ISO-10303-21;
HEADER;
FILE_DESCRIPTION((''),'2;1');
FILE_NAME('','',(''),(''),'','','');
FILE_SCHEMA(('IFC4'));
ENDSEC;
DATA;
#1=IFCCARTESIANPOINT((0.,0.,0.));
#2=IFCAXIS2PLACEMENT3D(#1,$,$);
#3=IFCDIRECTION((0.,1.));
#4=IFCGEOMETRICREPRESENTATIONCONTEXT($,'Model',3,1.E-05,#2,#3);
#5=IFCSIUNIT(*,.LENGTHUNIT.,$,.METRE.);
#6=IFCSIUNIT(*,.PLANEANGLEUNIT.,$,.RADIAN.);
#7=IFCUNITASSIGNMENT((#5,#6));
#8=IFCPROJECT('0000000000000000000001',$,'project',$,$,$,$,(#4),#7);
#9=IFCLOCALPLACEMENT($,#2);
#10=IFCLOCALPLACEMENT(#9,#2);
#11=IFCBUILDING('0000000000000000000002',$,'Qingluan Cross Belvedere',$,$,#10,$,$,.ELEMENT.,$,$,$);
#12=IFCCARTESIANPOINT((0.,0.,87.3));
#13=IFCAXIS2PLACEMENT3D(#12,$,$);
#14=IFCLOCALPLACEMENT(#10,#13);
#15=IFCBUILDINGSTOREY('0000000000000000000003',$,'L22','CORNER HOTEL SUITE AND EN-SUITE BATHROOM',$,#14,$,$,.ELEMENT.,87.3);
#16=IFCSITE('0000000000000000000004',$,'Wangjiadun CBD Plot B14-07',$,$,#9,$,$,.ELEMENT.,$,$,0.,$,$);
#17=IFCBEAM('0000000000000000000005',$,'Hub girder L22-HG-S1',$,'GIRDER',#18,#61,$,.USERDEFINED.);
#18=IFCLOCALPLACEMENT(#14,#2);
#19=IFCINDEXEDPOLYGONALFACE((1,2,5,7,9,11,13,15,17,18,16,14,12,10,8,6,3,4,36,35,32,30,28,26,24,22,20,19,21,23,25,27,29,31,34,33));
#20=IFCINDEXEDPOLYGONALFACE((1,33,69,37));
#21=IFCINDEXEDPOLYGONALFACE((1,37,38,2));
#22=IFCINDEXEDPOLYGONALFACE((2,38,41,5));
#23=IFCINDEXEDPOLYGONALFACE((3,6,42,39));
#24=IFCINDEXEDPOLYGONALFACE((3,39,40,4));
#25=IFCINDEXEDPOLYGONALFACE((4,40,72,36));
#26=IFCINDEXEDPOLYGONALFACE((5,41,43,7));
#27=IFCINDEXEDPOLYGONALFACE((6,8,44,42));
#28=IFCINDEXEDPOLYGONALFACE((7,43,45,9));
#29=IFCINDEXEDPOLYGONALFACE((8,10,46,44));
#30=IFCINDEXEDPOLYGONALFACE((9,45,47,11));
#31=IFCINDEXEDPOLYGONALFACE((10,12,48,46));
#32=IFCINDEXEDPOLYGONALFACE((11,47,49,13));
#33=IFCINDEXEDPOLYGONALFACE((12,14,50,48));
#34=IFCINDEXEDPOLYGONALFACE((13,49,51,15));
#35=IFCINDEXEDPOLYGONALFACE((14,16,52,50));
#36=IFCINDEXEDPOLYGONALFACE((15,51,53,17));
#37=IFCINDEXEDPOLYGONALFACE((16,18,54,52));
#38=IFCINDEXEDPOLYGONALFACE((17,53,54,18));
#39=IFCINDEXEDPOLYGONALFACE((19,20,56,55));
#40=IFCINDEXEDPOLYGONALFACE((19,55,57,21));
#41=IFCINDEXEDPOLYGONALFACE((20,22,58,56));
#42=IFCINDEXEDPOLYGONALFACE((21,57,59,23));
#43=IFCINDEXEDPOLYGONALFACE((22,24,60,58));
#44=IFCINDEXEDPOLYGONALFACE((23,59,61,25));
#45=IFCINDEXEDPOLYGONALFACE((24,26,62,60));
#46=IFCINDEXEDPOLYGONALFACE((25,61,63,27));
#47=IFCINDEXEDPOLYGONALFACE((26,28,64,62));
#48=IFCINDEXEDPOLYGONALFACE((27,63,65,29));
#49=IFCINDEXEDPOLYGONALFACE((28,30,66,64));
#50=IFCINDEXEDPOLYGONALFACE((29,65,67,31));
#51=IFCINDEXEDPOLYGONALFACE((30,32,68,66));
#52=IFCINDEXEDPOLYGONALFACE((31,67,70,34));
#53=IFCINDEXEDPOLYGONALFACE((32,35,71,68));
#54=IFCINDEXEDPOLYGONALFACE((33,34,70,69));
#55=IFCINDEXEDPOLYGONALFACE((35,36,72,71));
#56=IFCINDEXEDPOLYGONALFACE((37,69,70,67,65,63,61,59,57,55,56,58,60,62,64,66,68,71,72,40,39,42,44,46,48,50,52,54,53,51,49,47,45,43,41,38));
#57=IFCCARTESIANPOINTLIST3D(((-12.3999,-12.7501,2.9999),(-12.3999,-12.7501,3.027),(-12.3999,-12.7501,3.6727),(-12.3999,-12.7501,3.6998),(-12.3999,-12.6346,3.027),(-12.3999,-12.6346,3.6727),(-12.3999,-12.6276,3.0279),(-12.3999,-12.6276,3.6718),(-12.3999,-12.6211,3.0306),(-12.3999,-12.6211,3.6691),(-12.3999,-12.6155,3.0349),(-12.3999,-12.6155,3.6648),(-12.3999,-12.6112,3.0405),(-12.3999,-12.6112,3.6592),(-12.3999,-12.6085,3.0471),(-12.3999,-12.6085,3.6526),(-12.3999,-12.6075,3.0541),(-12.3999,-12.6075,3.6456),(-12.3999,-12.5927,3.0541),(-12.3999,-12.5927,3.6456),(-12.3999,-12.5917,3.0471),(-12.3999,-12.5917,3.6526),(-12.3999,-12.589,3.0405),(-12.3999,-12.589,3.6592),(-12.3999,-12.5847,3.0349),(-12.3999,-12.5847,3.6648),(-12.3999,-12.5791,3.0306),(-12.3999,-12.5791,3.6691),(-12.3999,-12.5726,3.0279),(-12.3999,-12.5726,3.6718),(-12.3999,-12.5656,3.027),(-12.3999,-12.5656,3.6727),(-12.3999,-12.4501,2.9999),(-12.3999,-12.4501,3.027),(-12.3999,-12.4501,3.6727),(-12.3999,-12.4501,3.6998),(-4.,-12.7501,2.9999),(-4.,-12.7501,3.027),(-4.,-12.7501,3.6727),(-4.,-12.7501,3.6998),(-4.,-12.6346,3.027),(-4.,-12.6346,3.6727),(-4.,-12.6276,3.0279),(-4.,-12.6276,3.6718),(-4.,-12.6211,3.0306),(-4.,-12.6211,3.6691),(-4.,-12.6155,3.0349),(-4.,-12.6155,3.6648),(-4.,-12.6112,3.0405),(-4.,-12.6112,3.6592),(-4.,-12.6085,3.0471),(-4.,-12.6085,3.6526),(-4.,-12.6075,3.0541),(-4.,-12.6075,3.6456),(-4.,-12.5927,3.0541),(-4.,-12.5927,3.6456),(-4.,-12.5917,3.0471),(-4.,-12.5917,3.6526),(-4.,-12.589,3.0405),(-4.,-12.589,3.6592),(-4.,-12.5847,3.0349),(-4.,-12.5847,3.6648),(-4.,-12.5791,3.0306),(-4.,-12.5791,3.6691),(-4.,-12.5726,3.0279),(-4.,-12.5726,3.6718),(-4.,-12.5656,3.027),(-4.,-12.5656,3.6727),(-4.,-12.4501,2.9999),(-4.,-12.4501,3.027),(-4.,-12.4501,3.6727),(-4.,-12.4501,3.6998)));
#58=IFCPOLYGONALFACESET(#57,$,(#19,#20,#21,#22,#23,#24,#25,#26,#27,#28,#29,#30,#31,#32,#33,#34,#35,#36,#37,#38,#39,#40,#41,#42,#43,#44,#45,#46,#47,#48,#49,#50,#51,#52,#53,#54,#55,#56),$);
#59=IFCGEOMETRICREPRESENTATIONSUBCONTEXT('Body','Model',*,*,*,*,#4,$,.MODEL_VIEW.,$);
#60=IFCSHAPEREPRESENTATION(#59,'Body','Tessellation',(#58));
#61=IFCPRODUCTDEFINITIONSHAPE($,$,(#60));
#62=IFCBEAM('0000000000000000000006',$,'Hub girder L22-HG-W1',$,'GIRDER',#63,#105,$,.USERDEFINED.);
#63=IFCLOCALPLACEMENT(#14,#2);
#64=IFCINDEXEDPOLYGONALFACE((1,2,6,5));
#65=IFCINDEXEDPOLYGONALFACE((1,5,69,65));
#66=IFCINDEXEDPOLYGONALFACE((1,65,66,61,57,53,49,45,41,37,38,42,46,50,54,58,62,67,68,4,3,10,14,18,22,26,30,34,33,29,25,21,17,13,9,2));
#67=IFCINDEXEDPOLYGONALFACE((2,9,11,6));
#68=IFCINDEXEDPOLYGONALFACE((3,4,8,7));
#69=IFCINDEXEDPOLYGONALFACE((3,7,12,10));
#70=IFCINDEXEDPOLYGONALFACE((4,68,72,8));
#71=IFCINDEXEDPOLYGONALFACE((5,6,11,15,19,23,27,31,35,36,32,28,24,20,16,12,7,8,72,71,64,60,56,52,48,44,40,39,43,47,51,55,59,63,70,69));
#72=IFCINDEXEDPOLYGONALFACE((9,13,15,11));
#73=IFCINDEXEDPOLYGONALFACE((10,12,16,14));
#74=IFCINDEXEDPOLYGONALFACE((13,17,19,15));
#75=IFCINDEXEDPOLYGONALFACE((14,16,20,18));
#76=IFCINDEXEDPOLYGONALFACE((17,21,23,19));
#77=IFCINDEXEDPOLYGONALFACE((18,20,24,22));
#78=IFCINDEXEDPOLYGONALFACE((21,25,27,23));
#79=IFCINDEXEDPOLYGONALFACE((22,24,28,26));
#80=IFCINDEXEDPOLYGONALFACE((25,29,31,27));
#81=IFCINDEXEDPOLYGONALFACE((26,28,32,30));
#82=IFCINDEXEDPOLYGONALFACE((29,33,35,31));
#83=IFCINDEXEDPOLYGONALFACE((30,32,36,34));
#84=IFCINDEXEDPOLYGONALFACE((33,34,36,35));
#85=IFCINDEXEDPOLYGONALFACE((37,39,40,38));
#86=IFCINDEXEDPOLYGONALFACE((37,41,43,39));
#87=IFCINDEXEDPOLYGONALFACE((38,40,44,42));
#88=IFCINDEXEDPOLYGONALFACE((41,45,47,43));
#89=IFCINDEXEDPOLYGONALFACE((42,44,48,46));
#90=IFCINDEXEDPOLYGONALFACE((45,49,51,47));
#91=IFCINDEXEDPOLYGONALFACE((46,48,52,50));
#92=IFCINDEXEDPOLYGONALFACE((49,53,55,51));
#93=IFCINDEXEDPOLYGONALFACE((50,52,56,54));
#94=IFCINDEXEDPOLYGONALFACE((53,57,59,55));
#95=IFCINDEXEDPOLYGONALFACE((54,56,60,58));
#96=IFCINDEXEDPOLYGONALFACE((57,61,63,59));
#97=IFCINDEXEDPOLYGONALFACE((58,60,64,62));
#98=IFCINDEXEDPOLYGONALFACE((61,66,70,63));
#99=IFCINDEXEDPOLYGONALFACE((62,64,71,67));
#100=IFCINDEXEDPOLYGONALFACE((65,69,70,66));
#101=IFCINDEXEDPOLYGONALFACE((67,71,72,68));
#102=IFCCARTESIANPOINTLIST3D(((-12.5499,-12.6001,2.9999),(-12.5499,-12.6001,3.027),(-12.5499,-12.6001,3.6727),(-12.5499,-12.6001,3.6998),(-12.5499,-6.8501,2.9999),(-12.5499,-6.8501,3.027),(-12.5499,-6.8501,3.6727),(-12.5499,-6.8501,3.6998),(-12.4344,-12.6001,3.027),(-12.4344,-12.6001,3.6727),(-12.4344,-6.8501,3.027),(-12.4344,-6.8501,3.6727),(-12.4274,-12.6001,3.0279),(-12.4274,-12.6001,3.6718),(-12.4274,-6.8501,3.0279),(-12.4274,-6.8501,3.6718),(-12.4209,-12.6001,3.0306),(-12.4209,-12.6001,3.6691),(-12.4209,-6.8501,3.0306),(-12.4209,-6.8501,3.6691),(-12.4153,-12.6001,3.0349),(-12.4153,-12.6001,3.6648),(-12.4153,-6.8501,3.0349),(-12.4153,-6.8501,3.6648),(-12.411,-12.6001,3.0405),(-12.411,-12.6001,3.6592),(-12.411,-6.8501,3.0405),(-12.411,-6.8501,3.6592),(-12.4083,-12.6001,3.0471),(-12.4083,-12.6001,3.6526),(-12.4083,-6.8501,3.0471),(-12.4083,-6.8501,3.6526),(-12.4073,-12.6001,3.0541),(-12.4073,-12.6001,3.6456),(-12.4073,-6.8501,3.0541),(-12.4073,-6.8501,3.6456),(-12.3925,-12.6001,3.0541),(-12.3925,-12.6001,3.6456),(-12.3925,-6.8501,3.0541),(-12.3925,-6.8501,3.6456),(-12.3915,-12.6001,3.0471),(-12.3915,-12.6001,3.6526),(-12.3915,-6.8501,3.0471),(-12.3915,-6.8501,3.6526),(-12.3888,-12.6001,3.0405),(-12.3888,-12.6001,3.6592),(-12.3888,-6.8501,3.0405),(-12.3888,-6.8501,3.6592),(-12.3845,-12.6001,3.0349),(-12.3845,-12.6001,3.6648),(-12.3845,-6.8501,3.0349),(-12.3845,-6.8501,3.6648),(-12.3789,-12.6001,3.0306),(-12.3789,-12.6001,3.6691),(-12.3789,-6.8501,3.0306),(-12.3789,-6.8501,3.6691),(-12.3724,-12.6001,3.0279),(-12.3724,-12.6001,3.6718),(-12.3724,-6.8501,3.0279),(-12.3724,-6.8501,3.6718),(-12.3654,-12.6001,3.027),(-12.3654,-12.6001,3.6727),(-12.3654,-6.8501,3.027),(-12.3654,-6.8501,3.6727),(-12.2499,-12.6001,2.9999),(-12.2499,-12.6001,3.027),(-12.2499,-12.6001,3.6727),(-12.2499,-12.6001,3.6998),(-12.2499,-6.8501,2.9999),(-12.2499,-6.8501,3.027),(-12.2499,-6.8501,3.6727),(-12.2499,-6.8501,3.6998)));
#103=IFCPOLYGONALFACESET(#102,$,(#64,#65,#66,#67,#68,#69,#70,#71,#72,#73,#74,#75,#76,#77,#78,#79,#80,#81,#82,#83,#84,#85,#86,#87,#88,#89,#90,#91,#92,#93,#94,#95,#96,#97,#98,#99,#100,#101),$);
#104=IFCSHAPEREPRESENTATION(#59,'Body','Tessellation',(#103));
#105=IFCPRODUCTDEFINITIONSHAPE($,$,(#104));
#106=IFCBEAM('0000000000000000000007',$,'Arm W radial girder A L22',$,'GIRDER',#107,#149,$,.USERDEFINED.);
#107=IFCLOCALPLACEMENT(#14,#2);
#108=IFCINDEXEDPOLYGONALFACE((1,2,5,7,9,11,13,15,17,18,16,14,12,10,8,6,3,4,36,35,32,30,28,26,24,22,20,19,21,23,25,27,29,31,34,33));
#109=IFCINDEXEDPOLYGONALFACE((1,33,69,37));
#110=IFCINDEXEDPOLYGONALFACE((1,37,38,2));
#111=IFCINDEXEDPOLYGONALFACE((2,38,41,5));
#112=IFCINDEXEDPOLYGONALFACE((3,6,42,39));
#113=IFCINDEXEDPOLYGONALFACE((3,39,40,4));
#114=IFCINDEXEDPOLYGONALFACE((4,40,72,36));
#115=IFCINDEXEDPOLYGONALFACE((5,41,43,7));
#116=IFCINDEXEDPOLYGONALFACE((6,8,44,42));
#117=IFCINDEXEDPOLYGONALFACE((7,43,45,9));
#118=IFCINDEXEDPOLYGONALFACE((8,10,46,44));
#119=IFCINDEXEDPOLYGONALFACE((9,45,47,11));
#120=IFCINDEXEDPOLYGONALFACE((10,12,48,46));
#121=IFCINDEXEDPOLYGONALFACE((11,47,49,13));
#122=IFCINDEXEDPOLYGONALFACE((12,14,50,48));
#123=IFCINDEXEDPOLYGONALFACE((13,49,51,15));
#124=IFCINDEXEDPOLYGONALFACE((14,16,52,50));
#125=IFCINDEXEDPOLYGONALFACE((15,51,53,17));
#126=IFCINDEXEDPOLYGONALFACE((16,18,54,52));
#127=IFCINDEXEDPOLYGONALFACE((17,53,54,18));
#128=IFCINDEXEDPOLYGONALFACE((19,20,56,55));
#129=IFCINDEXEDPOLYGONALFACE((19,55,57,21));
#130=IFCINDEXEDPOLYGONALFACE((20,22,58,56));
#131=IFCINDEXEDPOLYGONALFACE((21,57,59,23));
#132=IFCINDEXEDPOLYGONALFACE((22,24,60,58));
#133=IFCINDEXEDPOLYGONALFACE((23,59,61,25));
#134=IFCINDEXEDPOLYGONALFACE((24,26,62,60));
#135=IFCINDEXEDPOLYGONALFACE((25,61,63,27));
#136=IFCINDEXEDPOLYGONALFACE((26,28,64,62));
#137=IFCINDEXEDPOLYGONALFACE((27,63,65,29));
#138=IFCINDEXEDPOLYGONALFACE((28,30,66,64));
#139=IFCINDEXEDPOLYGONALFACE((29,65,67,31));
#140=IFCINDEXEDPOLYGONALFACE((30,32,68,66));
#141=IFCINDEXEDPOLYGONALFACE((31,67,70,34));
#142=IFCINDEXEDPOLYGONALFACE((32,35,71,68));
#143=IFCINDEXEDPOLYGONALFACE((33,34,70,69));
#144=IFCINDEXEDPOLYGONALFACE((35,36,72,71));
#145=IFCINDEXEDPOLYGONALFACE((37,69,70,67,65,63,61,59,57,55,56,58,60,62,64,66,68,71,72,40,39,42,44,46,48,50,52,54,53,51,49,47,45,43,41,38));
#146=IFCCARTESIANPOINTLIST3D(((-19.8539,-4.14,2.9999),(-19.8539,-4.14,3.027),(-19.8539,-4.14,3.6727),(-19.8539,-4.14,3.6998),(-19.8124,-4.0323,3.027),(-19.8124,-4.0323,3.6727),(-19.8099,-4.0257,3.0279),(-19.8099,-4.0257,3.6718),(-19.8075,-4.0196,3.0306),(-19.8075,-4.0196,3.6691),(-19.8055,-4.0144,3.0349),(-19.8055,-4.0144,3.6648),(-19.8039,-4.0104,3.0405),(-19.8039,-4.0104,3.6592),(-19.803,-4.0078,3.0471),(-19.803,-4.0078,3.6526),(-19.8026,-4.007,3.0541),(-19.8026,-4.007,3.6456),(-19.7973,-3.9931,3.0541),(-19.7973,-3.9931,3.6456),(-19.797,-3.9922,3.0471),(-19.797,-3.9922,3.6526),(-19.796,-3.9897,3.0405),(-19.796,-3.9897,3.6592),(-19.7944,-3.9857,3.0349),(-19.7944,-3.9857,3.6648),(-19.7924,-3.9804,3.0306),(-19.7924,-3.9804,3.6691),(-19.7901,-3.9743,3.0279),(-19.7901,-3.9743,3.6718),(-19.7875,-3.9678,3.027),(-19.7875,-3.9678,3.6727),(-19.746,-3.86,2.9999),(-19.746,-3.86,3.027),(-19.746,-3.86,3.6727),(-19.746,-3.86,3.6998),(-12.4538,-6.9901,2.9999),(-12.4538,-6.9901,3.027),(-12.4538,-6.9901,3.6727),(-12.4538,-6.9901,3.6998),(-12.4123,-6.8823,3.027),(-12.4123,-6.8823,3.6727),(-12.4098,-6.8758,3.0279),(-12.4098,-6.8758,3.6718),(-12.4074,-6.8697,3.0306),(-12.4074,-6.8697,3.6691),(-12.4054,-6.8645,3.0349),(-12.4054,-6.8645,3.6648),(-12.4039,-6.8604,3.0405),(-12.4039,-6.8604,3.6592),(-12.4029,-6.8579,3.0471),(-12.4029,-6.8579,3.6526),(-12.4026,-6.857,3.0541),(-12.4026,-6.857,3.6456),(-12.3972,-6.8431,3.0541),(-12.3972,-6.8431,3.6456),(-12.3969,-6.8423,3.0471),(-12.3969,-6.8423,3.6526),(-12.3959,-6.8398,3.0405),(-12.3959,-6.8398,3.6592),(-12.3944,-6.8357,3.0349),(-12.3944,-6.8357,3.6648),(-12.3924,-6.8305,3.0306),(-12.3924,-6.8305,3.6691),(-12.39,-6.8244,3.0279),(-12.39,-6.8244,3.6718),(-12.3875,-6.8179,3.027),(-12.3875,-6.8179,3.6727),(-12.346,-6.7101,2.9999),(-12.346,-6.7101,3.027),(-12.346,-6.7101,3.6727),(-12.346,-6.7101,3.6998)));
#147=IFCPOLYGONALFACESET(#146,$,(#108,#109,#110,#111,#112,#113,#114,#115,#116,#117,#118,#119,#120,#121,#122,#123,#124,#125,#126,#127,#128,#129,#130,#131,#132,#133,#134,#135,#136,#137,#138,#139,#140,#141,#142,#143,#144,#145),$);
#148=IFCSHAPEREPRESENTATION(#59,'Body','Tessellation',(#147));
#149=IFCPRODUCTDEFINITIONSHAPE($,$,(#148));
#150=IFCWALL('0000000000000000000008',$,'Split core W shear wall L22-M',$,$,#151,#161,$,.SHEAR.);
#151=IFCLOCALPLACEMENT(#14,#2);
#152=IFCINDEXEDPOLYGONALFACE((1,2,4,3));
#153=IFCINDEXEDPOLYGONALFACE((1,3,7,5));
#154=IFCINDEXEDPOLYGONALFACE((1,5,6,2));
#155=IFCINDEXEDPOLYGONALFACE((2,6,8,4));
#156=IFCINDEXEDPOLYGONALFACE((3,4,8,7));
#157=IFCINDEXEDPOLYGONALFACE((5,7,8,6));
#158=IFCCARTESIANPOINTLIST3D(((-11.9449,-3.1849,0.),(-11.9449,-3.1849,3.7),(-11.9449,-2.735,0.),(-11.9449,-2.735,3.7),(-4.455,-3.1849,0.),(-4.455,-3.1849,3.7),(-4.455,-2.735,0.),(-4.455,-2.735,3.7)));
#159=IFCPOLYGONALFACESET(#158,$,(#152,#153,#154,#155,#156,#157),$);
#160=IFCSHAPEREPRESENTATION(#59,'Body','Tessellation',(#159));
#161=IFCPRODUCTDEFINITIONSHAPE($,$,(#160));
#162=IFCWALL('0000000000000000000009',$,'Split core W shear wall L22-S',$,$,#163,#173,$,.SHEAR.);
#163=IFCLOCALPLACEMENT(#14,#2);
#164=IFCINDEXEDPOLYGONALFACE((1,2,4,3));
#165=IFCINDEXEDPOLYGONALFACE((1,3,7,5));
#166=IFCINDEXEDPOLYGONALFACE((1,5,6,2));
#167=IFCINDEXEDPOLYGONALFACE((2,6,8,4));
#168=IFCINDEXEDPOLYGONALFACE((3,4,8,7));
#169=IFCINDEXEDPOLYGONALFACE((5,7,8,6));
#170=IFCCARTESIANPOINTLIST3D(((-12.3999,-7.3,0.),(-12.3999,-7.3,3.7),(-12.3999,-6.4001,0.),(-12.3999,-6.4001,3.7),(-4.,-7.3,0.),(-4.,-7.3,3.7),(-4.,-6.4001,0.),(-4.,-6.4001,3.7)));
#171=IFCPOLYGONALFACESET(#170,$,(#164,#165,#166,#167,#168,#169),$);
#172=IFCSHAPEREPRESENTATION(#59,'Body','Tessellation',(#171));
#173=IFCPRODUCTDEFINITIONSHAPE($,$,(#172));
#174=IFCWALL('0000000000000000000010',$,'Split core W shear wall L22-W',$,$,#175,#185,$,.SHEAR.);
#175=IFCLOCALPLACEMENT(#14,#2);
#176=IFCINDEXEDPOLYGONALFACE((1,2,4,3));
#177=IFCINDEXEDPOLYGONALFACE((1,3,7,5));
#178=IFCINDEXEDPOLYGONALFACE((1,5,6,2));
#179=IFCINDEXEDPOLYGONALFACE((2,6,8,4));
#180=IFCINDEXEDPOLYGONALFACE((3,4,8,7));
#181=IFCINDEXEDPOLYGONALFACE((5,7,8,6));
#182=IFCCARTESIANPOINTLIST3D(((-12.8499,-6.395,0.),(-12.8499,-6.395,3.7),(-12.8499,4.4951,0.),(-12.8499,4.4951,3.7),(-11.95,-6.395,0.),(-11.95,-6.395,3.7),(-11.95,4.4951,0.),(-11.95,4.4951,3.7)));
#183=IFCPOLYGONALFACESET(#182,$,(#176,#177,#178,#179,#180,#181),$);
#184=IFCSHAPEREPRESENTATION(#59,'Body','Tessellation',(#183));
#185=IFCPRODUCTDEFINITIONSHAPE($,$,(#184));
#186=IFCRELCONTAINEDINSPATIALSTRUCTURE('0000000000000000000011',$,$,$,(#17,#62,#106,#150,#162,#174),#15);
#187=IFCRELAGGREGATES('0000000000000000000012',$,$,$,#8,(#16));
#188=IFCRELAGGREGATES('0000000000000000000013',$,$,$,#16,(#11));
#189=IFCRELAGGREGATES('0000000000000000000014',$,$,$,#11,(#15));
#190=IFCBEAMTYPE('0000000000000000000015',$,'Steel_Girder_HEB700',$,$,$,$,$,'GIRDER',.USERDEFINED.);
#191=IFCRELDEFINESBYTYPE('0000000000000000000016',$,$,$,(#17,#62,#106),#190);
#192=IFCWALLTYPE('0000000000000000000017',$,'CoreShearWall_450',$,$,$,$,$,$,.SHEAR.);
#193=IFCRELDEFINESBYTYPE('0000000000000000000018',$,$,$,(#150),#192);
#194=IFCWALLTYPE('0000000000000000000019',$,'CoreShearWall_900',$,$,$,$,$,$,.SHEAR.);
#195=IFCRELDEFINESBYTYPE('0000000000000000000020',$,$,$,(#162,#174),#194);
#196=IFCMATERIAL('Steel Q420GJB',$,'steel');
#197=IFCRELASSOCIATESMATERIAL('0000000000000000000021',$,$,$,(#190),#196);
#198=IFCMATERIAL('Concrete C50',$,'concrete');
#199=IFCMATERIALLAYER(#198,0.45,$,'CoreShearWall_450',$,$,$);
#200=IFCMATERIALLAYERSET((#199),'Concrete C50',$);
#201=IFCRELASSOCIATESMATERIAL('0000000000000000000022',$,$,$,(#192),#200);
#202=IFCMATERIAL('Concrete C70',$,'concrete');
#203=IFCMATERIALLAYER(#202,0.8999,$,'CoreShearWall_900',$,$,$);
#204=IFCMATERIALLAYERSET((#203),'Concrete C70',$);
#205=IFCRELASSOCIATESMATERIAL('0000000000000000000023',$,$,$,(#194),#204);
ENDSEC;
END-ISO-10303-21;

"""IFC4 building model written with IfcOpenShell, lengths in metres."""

from ifc_helpers import new_model, si_unit, direction, frame, frame_2d, origin, origin_2d, place, context, subcontext, project, spatial, rectangle, i_section, extrude, material, layer, layer_set, material_profile, profile_set, type_object, element, save


model = new_model("IFC4")

# Units and contexts
model_context = context("Model", 3, precision=1e-05, world=origin(), true_north=direction((0.0, 1.0)))
body_context = subcontext(model_context, "Body", "Model", "MODEL_VIEW")
ifc_project = project(units=[si_unit("LENGTHUNIT", "METRE"), si_unit("PLANEANGLEUNIT", "RADIAN")], contexts=[model_context])

# Site, building, storey
site_placement = place(None, origin())
site = spatial("IfcSite", under=ifc_project, at=site_placement, Name="Wangjiadun CBD Plot B14-07", CompositionType="ELEMENT", RefElevation=0.0)
building_placement = place(site_placement, origin())
building = spatial("IfcBuilding", under=site, at=building_placement, Name="Qingluan Cross Belvedere", CompositionType="ELEMENT")
storey_placement = place(building_placement, frame((0.0, 0.0, 87.3)))
storey = spatial("IfcBuildingStorey", under=building, at=storey_placement, Name="L22", Description="CORNER HOTEL SUITE AND EN-SUITE BATHROOM", CompositionType="ELEMENT", Elevation=87.3)

# Beams
ifc_material_1 = material(Name="Steel Q420GJB", Category="steel")
ifc_material_profile_1 = material_profile(ifc_material_1, i_section(OverallWidth=0.3, OverallDepth=0.7, WebThickness=0.0149, FlangeThickness=0.0271, FilletRadius=0.0271, at=origin_2d()), Name="HEB700")
ifc_profile_set_1 = profile_set([ifc_material_profile_1], Name="Steel Q420GJB")
beam_type_1 = type_object("IfcBeamType", Name="Steel_Girder_HEB700", ElementType="GIRDER", PredefinedType="USERDEFINED", material=ifc_profile_set_1)
beam_1_placement = place(storey_placement, frame((-12.3999, -12.6001, 3.3499), z_axis=(1.0, 0.0, 0.0), x_axis=(0.0, 1.0, 0.0)))
element("IfcBeam", 1, at=beam_1_placement, inside=storey, type_object=beam_type_1, Name="Hub girder L22-HG-S1", ObjectType="GIRDER", PredefinedType="USERDEFINED", context=body_context, shape_type="SweptSolid", body=[
    extrude(i_section(OverallWidth=0.3, OverallDepth=0.7, WebThickness=0.0149, FlangeThickness=0.0271, FilletRadius=0.0271, at=origin_2d()), origin(), (0.0, 0.0, 1.0), 8.3999),
])
beam_2_placement = place(storey_placement, frame((-12.3999, -12.6001, 3.3499), z_axis=(0.0, 1.0, 0.0), x_axis=(-1.0, 0.0, 0.0)))
element("IfcBeam", 2, at=beam_2_placement, inside=storey, type_object=beam_type_1, Name="Hub girder L22-HG-W1", ObjectType="GIRDER", PredefinedType="USERDEFINED", context=body_context, shape_type="SweptSolid", body=[
    extrude(i_section(OverallWidth=0.3, OverallDepth=0.7, WebThickness=0.0149, FlangeThickness=0.0271, FilletRadius=0.0271, at=origin_2d()), origin(), (0.0, 0.0, 1.0), 5.75),
])
beam_3_placement = place(storey_placement, frame((-12.3999, -6.8501, 3.3499), z_axis=(-0.933181, 0.359406, 0.0), x_axis=(-0.359406, -0.933181, 0.0)))
element("IfcBeam", 3, at=beam_3_placement, inside=storey, type_object=beam_type_1, Name="Arm W radial girder A L22", ObjectType="GIRDER", PredefinedType="USERDEFINED", context=body_context, shape_type="SweptSolid", body=[
    extrude(i_section(OverallWidth=0.3, OverallDepth=0.7, WebThickness=0.0149, FlangeThickness=0.0271, FilletRadius=0.0271, at=origin_2d()), origin(), (0.0, 0.0, 1.0), 7.9299),
])

# Walls
ifc_material_2 = material(Name="Concrete C50", Category="concrete")
ifc_layer_1 = layer(ifc_material_2, 0.45, Name="CoreShearWall_450")
ifc_layer_set_1 = layer_set([ifc_layer_1], Name="Concrete C50")
wall_type_1 = type_object("IfcWallType", Name="CoreShearWall_450", PredefinedType="SHEAR", material=ifc_layer_set_1)
wall_1_placement = place(storey_placement, frame((-11.9451, -2.96, 0.0), z_axis=(0.0, 0.0, 1.0), x_axis=(1.0, 0.0, 0.0)))
element("IfcWall", 4, at=wall_1_placement, inside=storey, type_object=wall_type_1, Name="Split core W shear wall L22-M", PredefinedType="SHEAR", context=body_context, shape_type="SweptSolid", body=[
    extrude(rectangle(XDim=7.49, YDim=0.45, at=frame_2d((3.7451, 0.0))), origin(), (0.0, 0.0, 1.0), 3.7),
])
ifc_material_3 = material(Name="Concrete C70", Category="concrete")
ifc_layer_2 = layer(ifc_material_3, 0.8999, Name="CoreShearWall_900")
ifc_layer_set_2 = layer_set([ifc_layer_2], Name="Concrete C70")
wall_type_2 = type_object("IfcWallType", Name="CoreShearWall_900", PredefinedType="SHEAR", material=ifc_layer_set_2)
wall_2_placement = place(storey_placement, frame((-12.3999, -6.8501, 0.0), z_axis=(0.0, 0.0, 1.0), x_axis=(1.0, 0.0, 0.0)))
element("IfcWall", 5, at=wall_2_placement, inside=storey, type_object=wall_type_2, Name="Split core W shear wall L22-S", PredefinedType="SHEAR", context=body_context, shape_type="SweptSolid", body=[
    extrude(rectangle(XDim=8.3999, YDim=0.8999, at=frame_2d((4.2, 0.0))), origin(), (0.0, 0.0, 1.0), 3.7),
])
wall_3_placement = place(storey_placement, frame((-12.3999, -6.395, 0.0), z_axis=(0.0, 0.0, 1.0), x_axis=(0.0, 1.0, 0.0)))
element("IfcWall", 6, at=wall_3_placement, inside=storey, type_object=wall_type_2, Name="Split core W shear wall L22-W", PredefinedType="SHEAR", context=body_context, shape_type="SweptSolid", body=[
    extrude(rectangle(XDim=10.8901, YDim=0.8999, at=frame_2d((5.4451, 0.0))), origin(), (0.0, 0.0, 1.0), 3.7),
])

save(model, "model.ifc")
